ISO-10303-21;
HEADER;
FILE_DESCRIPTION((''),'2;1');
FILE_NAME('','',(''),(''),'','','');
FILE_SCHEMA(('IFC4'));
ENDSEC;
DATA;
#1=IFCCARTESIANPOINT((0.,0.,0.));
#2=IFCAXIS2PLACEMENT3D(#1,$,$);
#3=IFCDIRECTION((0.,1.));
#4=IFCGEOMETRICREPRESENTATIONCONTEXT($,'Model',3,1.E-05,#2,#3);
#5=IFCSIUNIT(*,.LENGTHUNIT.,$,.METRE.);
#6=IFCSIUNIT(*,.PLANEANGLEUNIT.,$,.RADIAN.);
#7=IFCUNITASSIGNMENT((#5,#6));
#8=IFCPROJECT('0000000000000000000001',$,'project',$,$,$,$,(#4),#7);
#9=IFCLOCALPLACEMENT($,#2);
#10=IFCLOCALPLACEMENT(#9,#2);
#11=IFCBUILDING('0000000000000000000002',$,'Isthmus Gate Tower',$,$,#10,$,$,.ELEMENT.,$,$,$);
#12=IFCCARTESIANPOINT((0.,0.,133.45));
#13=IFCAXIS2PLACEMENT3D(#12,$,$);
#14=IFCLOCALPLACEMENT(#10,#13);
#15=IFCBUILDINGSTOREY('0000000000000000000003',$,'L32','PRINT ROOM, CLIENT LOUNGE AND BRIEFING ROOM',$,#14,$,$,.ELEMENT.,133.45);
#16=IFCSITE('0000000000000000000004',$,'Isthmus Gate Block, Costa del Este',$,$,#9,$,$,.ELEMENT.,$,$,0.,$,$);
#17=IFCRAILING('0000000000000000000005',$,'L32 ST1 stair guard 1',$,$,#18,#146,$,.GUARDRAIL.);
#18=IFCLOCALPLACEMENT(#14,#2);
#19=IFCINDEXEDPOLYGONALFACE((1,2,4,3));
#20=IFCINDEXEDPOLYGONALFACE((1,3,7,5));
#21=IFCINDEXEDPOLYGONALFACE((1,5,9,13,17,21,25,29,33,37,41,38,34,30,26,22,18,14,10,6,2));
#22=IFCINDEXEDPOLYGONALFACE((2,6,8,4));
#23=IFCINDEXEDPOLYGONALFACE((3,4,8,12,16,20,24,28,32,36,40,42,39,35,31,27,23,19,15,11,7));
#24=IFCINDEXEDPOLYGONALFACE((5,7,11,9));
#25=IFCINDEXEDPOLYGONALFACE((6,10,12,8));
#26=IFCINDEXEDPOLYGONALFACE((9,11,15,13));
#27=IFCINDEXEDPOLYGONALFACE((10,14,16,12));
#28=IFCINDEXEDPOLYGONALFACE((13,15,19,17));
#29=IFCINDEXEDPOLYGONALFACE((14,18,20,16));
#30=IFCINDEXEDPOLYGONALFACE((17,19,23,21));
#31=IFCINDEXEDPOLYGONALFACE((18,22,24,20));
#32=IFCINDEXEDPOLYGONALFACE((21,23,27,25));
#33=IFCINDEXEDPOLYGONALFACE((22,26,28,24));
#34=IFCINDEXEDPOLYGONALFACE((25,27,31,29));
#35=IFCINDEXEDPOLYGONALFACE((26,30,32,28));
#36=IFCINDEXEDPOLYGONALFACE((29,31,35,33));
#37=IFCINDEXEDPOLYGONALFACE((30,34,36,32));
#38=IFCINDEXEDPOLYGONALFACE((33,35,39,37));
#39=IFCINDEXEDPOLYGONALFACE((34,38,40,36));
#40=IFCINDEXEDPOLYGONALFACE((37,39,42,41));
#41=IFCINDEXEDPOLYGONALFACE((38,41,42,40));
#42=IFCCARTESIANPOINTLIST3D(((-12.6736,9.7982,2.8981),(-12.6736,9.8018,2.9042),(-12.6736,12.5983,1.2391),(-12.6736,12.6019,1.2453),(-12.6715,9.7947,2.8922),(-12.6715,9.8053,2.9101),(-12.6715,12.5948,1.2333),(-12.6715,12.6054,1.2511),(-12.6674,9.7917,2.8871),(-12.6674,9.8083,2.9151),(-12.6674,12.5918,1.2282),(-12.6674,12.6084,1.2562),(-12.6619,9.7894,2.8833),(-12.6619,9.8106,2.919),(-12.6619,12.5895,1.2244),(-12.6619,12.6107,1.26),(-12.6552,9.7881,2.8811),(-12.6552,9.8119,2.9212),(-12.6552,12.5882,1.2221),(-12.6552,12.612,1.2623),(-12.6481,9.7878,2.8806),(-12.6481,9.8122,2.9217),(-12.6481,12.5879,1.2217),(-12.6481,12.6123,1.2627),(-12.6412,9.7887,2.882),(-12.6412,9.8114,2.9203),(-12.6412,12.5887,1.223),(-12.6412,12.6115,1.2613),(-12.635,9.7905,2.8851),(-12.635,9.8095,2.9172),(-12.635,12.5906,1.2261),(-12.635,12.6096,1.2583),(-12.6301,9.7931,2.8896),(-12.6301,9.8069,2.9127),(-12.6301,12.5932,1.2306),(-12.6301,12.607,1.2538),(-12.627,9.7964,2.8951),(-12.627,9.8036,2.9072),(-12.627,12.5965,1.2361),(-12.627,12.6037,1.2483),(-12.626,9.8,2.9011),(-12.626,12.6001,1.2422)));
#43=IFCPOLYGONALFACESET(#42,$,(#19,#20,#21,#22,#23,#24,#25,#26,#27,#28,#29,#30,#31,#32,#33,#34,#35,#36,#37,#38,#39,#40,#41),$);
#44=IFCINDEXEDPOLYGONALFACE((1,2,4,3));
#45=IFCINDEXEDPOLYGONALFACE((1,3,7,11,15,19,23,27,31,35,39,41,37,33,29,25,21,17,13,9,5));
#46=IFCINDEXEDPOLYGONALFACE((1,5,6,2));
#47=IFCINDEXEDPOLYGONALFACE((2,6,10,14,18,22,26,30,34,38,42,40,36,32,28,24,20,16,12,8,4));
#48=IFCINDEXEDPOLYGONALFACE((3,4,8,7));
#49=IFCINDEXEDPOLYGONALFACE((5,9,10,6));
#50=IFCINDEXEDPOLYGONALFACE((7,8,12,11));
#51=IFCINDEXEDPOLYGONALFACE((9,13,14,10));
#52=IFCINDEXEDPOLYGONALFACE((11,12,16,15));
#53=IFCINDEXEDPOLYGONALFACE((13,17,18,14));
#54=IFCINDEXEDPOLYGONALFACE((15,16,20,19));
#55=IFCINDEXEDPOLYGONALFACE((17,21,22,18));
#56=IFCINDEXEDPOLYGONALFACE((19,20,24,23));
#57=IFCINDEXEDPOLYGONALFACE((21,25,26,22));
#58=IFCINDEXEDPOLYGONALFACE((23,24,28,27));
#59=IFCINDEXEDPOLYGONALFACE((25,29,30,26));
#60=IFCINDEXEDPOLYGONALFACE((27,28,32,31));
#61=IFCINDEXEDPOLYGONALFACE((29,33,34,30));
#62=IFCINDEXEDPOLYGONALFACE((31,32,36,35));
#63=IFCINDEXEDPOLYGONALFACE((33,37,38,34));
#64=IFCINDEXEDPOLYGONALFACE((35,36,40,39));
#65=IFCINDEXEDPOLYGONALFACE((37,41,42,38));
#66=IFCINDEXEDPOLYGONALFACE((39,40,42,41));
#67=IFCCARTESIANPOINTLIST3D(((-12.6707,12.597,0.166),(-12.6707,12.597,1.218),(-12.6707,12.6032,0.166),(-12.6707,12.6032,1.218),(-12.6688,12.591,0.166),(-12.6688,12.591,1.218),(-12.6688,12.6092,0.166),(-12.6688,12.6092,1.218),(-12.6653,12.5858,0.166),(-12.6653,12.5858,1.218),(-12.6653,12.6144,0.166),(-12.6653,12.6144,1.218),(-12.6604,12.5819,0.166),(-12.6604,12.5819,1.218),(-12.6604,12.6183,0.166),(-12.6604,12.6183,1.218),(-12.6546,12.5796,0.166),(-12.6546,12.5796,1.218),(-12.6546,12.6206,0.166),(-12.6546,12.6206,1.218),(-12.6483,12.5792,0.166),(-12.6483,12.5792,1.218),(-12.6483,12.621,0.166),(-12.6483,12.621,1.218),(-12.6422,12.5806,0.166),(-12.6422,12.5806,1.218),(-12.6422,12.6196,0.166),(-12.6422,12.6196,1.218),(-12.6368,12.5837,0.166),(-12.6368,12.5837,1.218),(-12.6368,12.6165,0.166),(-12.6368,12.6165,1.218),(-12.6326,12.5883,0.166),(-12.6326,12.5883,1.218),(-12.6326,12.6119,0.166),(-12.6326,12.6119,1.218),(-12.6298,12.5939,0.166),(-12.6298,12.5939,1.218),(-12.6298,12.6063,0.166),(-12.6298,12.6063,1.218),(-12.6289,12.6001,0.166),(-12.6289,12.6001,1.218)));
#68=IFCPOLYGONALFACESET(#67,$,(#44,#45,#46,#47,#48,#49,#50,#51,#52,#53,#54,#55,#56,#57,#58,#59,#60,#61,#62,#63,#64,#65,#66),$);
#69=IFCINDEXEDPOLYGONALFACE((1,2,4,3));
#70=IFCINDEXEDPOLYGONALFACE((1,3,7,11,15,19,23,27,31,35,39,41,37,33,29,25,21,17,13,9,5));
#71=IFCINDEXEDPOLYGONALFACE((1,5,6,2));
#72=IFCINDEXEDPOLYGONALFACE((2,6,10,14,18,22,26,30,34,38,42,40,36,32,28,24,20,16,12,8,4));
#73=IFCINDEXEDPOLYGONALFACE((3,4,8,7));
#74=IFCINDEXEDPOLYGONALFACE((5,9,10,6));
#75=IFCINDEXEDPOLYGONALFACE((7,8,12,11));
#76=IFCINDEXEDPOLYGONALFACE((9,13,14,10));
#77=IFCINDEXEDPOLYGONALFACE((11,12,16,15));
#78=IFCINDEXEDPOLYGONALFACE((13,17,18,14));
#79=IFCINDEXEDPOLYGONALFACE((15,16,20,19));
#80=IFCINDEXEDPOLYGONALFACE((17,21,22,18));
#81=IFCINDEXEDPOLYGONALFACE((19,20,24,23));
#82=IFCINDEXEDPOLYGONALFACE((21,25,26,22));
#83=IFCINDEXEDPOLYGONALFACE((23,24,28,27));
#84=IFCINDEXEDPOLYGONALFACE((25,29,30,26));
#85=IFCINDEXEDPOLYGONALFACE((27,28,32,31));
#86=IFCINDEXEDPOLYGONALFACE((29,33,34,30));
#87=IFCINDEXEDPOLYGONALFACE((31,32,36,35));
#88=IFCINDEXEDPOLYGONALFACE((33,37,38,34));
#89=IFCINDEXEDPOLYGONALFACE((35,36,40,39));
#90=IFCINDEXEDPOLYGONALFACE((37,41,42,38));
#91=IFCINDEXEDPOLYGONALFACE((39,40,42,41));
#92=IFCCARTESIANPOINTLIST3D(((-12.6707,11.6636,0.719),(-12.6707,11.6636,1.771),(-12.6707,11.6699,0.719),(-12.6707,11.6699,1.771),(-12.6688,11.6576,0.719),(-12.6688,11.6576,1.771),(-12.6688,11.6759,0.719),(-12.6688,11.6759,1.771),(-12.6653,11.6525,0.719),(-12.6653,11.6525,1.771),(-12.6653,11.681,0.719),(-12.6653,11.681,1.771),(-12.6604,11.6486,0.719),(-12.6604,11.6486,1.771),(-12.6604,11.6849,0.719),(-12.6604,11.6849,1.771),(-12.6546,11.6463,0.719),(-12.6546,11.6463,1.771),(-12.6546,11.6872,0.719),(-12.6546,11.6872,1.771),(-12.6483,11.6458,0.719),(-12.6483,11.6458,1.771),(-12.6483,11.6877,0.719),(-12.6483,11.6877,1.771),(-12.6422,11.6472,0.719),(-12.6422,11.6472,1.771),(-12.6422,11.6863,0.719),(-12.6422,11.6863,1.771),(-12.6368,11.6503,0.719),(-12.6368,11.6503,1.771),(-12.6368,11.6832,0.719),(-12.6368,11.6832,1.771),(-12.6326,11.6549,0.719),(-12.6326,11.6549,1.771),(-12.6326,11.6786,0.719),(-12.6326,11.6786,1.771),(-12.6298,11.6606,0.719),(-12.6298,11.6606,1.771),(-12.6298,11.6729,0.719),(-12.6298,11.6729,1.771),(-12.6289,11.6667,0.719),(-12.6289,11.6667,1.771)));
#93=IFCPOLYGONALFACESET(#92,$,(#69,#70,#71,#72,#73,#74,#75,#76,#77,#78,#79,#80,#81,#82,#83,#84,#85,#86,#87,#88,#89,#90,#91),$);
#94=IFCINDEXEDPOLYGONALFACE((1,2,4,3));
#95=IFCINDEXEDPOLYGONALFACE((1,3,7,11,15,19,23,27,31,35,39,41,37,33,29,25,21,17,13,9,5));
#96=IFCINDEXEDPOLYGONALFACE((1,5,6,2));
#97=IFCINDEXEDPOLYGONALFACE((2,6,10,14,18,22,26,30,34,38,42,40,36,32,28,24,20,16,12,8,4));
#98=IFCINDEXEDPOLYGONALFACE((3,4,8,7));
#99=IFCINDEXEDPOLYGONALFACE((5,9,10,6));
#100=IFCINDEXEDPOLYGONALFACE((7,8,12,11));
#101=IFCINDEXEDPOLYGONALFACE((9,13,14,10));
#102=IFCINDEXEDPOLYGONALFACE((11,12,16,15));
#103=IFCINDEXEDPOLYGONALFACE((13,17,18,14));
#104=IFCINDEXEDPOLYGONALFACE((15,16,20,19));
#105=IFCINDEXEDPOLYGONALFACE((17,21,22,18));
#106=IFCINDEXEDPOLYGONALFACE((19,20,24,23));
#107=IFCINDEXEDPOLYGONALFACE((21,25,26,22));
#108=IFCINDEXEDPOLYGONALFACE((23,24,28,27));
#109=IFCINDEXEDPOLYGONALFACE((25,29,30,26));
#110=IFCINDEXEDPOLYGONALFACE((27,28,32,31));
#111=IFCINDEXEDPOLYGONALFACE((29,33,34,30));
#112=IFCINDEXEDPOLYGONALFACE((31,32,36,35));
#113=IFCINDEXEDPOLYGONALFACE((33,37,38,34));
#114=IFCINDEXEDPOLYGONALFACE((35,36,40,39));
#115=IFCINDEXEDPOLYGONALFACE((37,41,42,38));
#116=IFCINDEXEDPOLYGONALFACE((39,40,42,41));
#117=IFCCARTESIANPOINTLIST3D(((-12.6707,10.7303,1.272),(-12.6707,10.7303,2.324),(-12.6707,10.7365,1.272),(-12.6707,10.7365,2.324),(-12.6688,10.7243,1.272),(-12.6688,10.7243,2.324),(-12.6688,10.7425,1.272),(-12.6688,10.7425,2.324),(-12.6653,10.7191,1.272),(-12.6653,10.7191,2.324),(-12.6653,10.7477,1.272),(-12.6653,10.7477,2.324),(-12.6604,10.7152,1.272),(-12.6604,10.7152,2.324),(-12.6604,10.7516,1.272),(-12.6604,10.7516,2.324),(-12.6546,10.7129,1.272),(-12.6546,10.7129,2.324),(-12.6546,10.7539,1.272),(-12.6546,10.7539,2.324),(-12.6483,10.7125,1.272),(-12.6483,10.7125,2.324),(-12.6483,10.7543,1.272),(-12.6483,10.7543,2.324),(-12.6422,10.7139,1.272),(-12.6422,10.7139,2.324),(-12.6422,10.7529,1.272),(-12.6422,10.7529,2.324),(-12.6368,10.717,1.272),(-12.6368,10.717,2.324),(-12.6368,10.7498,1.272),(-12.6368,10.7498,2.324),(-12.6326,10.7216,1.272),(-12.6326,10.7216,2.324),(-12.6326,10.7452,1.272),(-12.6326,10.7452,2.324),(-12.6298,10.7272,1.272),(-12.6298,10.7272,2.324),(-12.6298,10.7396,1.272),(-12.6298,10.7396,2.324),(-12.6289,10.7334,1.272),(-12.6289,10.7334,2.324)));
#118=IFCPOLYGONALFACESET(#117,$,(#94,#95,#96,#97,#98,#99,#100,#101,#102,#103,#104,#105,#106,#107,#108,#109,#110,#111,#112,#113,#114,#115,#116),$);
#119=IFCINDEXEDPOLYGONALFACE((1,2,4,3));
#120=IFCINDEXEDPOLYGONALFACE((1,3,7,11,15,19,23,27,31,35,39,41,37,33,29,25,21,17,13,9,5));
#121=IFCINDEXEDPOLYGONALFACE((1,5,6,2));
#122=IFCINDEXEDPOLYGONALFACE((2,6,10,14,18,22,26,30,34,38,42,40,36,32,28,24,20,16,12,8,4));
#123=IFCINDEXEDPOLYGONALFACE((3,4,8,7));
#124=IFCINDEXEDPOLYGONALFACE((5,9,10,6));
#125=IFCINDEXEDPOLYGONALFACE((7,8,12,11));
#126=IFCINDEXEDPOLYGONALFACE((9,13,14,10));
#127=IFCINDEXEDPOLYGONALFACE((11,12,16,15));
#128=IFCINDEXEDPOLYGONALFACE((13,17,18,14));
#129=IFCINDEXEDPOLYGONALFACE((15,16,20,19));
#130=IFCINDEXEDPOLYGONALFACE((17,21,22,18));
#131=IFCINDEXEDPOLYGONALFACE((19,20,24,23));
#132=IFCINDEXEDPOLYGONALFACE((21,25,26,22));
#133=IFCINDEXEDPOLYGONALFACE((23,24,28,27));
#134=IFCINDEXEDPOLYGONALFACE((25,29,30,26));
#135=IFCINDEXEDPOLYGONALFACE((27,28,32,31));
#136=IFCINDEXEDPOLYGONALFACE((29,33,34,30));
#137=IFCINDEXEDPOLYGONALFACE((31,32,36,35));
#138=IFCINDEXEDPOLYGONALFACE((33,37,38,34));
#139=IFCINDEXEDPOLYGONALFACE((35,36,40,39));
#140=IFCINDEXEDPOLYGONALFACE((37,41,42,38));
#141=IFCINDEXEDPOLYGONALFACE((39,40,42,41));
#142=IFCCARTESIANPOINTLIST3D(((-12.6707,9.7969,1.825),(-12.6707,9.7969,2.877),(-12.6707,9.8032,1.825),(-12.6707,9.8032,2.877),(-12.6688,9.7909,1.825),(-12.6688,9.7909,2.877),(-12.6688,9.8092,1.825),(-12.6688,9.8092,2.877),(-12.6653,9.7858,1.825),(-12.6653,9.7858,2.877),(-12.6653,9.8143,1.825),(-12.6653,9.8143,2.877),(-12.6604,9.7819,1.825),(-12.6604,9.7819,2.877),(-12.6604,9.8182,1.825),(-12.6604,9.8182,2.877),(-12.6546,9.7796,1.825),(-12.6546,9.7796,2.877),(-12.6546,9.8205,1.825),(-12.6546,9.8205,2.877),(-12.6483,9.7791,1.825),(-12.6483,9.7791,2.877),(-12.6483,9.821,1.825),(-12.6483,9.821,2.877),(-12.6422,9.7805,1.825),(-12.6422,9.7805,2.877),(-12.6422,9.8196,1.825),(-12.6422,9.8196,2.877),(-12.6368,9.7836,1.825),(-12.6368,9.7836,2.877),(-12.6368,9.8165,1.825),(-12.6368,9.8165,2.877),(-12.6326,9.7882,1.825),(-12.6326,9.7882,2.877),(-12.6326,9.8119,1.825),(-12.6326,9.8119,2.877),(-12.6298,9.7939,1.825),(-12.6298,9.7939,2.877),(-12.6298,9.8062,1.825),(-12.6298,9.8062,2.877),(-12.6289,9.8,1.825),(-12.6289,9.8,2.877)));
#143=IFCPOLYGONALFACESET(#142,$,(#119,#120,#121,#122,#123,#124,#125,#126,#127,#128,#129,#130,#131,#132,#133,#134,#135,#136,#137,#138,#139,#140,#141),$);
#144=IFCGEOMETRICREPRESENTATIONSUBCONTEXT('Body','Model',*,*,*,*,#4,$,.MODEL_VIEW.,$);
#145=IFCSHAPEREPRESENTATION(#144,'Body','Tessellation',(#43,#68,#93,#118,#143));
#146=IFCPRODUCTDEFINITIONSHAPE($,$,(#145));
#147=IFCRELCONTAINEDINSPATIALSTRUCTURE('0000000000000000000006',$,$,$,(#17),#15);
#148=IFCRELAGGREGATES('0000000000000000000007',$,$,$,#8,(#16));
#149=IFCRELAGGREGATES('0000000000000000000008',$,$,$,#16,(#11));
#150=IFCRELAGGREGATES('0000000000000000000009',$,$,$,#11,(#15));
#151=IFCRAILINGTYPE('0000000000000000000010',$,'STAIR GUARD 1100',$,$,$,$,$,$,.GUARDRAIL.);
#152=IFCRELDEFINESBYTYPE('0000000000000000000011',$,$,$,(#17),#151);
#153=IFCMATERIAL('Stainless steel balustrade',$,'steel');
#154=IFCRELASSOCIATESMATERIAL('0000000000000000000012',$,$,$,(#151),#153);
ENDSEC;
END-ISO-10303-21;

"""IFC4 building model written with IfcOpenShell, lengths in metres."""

from ifc_helpers import new_model, si_unit, direction, frame, origin, origin_2d, place, context, subcontext, project, spatial, circle, extrude, material, type_object, element, save


model = new_model("IFC4")

# Units and contexts
model_context = context("Model", 3, precision=1e-05, world=origin(), true_north=direction((0.0, 1.0)))
body_context = subcontext(model_context, "Body", "Model", "MODEL_VIEW")
ifc_project = project(units=[si_unit("LENGTHUNIT", "METRE"), si_unit("PLANEANGLEUNIT", "RADIAN")], contexts=[model_context])

# Site, building, storey
site_placement = place(None, origin())
site = spatial("IfcSite", under=ifc_project, at=site_placement, Name="Isthmus Gate Block, Costa del Este", CompositionType="ELEMENT", RefElevation=0.0)
building_placement = place(site_placement, origin())
building = spatial("IfcBuilding", under=site, at=building_placement, Name="Isthmus Gate Tower", CompositionType="ELEMENT")
storey_placement = place(building_placement, frame((0.0, 0.0, 133.45)))
storey = spatial("IfcBuildingStorey", under=building, at=storey_placement, Name="L32", Description="PRINT ROOM, CLIENT LOUNGE AND BRIEFING ROOM", CompositionType="ELEMENT", Elevation=133.45)

# Railing
ifc_material_1 = material(Name="Stainless steel balustrade", Category="steel")
railing_type = type_object("IfcRailingType", Name="STAIR GUARD 1100", PredefinedType="GUARDRAIL", material=ifc_material_1)
railing_1_placement = place(storey_placement, frame((-12.6499, 12.6001, 0.166)))
element("IfcRailing", 1, at=railing_1_placement, inside=storey, type_object=railing_type, Name="L32 ST1 stair guard 1", PredefinedType="GUARDRAIL", context=body_context, shape_type="SweptSolid", body=[
    extrude(circle(Radius=0.0239, at=origin_2d()), frame((0.0, 0.0, 1.0762), z_axis=(0.0, -0.860339, 0.509722), x_axis=(1.0, 0.0, 0.0)), (0.0, 0.0, 1.0), 3.2546),
    extrude(circle(Radius=0.021, at=origin_2d()), origin(), (0.0, 0.0, 1.0), 1.052),
    extrude(circle(Radius=0.021, at=origin_2d()), frame((0.0, -0.9333, 0.553)), (0.0, 0.0, 1.0), 1.052),
    extrude(circle(Radius=0.021, at=origin_2d()), frame((0.0, -1.8667, 1.106)), (0.0, 0.0, 1.0), 1.052),
    extrude(circle(Radius=0.021, at=origin_2d()), frame((0.0, -2.8, 1.6589)), (0.0, 0.0, 1.0), 1.052),
])

save(model, "model.ifc")
